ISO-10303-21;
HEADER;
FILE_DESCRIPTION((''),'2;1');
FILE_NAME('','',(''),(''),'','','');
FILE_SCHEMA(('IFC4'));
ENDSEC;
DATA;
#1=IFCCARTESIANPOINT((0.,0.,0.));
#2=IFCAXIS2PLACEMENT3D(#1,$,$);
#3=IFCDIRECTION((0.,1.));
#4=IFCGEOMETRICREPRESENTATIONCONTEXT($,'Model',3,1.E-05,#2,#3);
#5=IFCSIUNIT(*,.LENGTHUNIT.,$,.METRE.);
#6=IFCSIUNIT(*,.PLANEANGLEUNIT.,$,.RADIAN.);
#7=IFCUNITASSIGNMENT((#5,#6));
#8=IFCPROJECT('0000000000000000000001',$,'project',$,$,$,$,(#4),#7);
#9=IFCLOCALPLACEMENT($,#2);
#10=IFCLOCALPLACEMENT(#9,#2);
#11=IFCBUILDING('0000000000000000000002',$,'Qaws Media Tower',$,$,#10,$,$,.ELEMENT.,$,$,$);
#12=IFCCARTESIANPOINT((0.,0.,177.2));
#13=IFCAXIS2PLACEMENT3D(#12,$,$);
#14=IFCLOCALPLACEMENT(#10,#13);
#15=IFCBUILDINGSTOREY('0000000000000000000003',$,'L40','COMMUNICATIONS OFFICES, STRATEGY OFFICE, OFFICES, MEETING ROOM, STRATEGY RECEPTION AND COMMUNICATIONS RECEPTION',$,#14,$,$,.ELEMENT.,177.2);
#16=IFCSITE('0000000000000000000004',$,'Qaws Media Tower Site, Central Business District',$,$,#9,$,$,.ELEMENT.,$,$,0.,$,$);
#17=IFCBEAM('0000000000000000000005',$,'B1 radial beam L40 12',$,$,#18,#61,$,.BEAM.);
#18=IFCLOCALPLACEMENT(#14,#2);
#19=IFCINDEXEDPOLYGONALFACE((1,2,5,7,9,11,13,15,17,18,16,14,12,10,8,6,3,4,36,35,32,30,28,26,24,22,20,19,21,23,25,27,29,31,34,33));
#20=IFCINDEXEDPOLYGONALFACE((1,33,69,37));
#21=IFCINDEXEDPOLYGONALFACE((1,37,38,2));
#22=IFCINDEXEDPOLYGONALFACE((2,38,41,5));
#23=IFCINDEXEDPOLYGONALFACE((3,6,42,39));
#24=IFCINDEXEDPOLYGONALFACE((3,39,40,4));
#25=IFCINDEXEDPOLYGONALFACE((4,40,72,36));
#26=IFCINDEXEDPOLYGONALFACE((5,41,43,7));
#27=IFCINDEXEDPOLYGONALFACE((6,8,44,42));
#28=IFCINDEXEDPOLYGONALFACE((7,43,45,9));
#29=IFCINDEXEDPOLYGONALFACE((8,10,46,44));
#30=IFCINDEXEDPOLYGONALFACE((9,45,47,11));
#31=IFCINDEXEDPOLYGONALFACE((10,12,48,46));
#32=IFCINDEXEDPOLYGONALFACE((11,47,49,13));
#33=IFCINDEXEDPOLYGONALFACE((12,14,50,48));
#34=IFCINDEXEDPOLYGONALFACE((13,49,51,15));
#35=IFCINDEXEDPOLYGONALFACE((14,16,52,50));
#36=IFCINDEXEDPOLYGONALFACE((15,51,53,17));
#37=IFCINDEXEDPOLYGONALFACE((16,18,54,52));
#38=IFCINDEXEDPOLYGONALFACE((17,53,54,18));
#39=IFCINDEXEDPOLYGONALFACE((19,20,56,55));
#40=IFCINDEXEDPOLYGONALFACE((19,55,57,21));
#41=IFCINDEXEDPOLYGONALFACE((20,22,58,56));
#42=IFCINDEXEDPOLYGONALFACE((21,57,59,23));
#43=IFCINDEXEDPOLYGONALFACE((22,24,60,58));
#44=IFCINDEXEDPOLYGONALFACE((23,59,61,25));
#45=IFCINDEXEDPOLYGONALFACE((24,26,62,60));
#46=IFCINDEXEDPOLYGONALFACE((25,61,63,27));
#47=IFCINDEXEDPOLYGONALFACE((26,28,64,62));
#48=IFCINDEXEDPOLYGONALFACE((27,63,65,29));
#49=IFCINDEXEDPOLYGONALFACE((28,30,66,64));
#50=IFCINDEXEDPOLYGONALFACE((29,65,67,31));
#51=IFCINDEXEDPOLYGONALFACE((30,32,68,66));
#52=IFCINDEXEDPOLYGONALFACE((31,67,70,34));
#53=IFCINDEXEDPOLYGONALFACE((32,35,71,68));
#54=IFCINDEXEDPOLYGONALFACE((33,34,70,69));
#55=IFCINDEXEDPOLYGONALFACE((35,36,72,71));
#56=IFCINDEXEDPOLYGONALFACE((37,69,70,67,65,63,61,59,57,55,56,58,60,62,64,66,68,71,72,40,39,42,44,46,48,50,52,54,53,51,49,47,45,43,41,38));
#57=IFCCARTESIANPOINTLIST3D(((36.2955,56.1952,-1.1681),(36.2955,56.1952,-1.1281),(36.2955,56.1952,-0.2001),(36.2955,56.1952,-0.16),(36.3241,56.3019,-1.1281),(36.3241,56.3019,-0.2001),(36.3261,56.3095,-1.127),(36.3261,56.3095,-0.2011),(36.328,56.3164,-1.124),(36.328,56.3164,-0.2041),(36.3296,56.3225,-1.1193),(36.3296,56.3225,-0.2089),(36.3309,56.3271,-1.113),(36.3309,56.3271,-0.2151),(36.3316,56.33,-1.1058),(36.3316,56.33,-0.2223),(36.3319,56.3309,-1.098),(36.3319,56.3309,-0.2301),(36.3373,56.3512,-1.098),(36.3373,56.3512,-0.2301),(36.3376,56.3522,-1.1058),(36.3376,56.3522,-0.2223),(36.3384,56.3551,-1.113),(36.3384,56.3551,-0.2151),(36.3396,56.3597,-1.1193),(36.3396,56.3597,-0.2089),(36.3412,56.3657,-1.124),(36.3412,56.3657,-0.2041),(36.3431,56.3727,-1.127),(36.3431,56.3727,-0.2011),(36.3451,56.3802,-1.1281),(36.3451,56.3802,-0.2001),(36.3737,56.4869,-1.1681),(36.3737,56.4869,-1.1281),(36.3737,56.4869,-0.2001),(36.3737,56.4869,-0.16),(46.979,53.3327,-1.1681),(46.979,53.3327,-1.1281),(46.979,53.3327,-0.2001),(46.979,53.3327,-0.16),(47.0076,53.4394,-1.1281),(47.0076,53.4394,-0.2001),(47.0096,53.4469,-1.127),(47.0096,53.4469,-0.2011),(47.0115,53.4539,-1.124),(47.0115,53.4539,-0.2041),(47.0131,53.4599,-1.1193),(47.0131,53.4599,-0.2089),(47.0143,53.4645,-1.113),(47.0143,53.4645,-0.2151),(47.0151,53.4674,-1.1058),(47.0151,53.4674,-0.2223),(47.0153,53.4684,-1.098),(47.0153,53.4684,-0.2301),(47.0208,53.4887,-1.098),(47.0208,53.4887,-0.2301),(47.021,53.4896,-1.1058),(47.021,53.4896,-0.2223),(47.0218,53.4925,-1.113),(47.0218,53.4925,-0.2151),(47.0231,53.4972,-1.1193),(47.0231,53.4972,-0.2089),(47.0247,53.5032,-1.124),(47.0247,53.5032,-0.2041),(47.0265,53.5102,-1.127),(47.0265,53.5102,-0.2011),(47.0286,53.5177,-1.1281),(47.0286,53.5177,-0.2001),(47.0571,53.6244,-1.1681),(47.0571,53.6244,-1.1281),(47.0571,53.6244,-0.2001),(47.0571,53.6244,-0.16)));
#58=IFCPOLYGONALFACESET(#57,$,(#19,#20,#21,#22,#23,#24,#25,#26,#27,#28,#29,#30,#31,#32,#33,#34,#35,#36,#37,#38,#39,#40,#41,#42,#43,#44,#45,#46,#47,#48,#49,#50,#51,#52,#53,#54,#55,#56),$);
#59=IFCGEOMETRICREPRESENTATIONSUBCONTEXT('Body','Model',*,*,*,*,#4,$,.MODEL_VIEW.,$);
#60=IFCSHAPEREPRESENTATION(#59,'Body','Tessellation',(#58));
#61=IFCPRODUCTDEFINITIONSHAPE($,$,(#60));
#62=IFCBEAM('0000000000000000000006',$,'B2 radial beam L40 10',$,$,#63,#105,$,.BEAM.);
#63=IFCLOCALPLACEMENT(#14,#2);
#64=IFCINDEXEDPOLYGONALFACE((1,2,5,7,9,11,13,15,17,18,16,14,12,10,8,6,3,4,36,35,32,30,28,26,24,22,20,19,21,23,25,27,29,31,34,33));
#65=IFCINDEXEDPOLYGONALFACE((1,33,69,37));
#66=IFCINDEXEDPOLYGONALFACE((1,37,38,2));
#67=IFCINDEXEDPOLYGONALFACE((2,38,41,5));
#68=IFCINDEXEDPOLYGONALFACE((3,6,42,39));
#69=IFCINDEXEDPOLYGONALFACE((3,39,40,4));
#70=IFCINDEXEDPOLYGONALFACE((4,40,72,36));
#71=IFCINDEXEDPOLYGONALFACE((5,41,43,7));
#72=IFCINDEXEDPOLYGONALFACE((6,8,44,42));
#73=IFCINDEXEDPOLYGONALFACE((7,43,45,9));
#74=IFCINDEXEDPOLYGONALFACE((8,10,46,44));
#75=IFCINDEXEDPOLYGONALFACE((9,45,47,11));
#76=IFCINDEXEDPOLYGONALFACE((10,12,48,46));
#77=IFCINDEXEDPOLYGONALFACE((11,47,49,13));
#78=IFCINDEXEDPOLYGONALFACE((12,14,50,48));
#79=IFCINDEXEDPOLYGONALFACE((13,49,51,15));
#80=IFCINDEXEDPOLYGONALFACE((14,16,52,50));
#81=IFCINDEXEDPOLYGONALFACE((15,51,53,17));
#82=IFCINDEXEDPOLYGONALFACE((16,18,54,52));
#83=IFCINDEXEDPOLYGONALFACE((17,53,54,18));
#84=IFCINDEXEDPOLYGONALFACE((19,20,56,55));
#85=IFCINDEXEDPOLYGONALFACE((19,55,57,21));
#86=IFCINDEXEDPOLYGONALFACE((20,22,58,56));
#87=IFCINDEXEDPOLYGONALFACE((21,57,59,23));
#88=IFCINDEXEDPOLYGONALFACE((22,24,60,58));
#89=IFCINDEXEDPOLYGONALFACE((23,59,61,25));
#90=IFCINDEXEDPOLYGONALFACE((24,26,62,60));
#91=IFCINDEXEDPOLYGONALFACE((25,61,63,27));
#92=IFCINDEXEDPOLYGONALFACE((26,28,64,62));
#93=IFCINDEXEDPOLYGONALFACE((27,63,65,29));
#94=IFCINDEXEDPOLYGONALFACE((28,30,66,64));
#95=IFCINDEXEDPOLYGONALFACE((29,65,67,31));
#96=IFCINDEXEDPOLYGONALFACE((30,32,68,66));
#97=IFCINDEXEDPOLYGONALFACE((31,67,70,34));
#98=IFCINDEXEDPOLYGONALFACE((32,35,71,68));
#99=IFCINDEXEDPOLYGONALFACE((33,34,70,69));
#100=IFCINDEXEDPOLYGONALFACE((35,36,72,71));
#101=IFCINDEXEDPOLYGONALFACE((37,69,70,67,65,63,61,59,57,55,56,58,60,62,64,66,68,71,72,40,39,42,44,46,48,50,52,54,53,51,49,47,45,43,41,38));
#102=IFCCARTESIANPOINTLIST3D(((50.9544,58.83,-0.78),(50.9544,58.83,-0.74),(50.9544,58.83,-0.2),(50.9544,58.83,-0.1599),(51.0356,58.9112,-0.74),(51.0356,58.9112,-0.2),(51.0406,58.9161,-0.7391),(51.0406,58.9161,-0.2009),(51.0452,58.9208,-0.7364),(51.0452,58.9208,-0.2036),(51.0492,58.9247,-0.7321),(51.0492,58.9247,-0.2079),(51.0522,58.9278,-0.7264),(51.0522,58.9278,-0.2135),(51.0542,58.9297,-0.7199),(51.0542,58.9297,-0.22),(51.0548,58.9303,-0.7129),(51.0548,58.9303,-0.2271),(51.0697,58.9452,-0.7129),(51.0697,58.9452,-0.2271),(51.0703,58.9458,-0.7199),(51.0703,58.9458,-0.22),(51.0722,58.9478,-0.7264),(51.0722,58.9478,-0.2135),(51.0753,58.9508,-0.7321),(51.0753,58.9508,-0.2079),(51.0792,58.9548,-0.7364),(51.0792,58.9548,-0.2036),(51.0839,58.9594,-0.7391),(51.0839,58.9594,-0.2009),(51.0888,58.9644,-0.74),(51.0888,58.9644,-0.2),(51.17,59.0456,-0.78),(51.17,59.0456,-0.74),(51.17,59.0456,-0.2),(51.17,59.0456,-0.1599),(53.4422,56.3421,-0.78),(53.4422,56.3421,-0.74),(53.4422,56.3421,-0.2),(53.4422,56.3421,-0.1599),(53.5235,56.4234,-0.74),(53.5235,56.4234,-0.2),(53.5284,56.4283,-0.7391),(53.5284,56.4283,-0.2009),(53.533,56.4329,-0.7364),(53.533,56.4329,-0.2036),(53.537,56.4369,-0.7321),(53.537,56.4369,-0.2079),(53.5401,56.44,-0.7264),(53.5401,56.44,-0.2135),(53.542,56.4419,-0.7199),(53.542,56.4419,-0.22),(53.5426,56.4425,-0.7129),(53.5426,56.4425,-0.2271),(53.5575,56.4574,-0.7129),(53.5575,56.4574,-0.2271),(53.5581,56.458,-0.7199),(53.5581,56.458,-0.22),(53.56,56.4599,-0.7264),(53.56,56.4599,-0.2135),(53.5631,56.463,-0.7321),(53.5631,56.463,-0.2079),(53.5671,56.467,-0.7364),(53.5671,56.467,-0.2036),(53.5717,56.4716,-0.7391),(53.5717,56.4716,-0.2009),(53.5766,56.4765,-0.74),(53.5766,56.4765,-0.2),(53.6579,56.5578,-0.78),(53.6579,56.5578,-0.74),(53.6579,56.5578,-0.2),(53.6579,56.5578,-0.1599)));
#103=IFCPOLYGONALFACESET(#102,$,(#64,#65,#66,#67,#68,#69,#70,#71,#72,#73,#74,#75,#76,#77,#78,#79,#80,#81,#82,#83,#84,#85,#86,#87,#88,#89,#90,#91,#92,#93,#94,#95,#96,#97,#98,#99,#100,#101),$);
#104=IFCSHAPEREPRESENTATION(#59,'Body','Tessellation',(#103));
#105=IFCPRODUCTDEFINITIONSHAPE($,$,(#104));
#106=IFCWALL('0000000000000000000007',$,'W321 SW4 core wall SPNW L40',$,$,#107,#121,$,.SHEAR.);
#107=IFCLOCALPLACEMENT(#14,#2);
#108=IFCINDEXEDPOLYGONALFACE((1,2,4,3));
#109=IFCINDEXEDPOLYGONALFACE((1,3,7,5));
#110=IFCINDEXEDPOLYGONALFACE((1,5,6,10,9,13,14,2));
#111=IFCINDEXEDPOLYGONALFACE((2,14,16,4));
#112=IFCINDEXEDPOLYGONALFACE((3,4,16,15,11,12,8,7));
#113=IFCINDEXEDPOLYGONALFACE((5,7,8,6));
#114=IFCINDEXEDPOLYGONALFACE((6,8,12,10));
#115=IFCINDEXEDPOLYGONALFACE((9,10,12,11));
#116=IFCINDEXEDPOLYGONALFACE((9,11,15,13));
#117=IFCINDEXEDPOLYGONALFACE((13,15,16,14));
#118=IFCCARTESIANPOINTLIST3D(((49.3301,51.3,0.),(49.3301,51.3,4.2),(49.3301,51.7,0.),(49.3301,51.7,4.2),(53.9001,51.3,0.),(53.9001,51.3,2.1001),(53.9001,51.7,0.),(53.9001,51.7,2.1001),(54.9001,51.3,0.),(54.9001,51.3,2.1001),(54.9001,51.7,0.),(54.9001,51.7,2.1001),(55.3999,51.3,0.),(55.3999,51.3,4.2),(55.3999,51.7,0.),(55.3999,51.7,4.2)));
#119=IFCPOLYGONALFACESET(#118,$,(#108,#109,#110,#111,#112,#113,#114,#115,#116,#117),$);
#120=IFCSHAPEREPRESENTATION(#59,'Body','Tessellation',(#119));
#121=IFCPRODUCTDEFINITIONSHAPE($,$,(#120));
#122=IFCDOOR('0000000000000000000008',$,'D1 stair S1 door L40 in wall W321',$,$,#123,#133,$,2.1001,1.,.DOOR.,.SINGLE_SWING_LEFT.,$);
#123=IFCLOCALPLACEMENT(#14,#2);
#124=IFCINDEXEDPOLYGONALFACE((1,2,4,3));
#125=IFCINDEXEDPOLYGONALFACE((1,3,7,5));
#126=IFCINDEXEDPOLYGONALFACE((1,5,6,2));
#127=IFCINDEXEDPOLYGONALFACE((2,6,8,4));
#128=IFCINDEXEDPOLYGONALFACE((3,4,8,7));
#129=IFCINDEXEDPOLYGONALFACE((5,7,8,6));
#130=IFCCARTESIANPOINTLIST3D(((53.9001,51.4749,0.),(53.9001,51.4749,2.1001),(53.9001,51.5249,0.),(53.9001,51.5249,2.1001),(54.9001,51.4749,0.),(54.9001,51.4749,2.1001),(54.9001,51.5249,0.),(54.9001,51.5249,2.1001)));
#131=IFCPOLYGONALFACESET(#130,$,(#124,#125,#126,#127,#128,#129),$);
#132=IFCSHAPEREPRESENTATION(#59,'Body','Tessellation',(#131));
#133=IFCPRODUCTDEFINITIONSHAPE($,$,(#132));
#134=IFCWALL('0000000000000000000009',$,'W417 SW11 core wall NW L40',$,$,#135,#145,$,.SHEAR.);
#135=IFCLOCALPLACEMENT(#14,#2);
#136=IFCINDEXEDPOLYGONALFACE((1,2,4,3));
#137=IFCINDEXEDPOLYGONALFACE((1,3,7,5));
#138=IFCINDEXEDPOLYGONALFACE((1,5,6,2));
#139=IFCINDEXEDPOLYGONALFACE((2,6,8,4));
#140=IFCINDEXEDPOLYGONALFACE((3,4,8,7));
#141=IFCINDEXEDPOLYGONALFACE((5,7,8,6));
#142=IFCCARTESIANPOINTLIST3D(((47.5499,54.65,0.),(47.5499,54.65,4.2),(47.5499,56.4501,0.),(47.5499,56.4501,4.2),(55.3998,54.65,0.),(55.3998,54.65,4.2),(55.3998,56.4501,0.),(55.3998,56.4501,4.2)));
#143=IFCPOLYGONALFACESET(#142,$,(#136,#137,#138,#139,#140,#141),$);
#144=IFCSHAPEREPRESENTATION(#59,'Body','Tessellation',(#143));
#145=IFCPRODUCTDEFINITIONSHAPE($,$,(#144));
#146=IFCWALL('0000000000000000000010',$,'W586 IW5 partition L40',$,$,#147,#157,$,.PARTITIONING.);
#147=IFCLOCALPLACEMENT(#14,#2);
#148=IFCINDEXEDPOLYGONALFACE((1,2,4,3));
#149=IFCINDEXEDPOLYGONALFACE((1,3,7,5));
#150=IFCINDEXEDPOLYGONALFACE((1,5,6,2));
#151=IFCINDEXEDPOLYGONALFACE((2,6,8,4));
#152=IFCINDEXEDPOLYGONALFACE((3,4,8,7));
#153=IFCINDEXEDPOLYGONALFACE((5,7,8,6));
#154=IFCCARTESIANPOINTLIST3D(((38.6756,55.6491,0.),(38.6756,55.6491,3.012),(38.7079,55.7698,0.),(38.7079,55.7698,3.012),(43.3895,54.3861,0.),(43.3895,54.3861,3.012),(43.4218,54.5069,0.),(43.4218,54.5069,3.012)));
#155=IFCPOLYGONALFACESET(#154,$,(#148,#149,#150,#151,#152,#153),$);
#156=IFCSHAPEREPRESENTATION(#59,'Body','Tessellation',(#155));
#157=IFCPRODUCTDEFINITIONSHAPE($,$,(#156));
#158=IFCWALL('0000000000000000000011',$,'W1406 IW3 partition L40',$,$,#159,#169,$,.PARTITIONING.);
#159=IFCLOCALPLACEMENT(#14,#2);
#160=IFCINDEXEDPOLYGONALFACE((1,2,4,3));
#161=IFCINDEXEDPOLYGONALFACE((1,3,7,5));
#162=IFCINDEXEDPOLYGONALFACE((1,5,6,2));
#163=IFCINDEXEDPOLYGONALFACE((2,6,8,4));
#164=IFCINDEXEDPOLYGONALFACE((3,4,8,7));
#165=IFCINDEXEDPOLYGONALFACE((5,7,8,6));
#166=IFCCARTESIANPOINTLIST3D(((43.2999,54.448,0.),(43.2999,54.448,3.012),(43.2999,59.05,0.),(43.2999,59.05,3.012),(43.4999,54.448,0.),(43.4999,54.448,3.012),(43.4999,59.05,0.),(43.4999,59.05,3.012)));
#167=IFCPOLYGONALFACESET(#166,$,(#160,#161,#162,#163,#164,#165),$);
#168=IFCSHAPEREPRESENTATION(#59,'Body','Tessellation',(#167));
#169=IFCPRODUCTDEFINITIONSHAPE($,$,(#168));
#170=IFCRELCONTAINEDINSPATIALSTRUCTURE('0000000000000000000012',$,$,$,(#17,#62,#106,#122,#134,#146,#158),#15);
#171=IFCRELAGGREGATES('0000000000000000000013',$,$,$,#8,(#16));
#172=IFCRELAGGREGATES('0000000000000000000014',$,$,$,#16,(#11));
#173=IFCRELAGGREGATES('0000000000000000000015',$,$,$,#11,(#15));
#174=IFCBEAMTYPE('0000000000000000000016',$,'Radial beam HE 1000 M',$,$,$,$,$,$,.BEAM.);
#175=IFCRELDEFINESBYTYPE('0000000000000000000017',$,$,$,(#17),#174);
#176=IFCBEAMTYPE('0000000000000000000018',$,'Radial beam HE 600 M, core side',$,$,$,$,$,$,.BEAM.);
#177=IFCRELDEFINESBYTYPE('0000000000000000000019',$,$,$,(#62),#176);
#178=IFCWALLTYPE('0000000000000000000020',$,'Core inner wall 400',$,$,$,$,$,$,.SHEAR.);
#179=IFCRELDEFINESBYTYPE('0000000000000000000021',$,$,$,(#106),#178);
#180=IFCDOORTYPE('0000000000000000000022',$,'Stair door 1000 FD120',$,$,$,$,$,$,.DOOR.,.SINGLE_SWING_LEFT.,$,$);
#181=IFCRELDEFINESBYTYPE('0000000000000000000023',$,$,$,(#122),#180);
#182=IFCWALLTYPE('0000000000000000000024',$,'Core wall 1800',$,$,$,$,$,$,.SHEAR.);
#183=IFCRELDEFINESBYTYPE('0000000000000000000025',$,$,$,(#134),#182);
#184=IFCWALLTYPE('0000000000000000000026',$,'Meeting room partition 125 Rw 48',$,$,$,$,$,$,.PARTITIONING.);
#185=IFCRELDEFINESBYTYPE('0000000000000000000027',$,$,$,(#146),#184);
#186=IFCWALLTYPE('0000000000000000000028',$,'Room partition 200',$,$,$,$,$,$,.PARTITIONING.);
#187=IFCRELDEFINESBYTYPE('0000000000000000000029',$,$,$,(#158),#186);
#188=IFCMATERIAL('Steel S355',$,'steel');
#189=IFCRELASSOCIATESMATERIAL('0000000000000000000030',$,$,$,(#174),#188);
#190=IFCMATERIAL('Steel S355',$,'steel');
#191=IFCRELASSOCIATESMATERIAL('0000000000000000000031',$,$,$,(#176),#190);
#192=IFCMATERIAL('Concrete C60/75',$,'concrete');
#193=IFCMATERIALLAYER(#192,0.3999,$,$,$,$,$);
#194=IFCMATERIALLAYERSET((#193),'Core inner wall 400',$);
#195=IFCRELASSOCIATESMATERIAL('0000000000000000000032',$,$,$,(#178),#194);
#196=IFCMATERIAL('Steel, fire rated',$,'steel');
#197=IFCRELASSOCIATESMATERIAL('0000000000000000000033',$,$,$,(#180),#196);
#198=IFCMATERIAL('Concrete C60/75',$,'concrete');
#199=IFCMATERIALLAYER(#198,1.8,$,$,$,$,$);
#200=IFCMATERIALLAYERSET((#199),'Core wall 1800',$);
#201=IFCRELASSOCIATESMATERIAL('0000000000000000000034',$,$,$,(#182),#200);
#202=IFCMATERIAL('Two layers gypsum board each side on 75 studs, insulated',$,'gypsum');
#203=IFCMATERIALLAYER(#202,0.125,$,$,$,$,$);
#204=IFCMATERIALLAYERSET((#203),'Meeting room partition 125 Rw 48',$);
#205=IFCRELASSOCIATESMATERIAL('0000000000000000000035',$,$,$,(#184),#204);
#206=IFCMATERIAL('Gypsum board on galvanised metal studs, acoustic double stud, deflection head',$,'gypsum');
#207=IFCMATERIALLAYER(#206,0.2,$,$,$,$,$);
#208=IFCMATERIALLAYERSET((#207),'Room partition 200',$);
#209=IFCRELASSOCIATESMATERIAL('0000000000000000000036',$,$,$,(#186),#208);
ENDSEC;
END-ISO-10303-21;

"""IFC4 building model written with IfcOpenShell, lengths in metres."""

from ifc_helpers import new_model, si_unit, direction, frame, frame_2d, origin, origin_2d, place, context, subcontext, project, spatial, rectangle, i_section, extrude, material, layer, layer_set, material_profile, profile_set, type_object, element, fill, save


model = new_model("IFC4")

# Units and contexts
model_context = context("Model", 3, precision=1e-05, world=origin(), true_north=direction((0.0, 1.0)))
body_context = subcontext(model_context, "Body", "Model", "MODEL_VIEW")
ifc_project = project(units=[si_unit("LENGTHUNIT", "METRE"), si_unit("PLANEANGLEUNIT", "RADIAN")], contexts=[model_context])

# Site, building, storey
site_placement = place(None, origin())
site = spatial("IfcSite", under=ifc_project, at=site_placement, Name="Qaws Media Tower Site, Central Business District", CompositionType="ELEMENT", RefElevation=0.0)
building_placement = place(site_placement, origin())
building = spatial("IfcBuilding", under=site, at=building_placement, Name="Qaws Media Tower", CompositionType="ELEMENT")
storey_placement = place(building_placement, frame((0.0, 0.0, 177.2)))
storey = spatial("IfcBuildingStorey", under=building, at=storey_placement, Name="L40", Description="COMMUNICATIONS OFFICES, STRATEGY OFFICE, OFFICES, MEETING ROOM, STRATEGY RECEPTION AND COMMUNICATIONS RECEPTION", CompositionType="ELEMENT", Elevation=177.2)

# Beams
ifc_material_1 = material(Name="Steel S355", Category="steel")
ifc_material_profile_1 = material_profile(ifc_material_1, i_section(OverallWidth=0.302, OverallDepth=1.0081, WebThickness=0.021, FlangeThickness=0.04, FilletRadius=0.03, at=origin_2d()), Name="HE 1000 M")
ifc_profile_set_1 = profile_set([ifc_material_profile_1], Name="Steel S355")
beam_type_1 = type_object("IfcBeamType", Name="Radial beam HE 1000 M", PredefinedType="BEAM", material=ifc_profile_set_1)
beam_1_placement = place(storey_placement, frame((47.0181, 53.4785, -0.6641), z_axis=(-0.965927, 0.258815, 0.0), x_axis=(-0.258815, -0.965927, 0.0)))
element("IfcBeam", 1, at=beam_1_placement, inside=storey, type_object=beam_type_1, Name="B1 radial beam L40 12", PredefinedType="BEAM", context=body_context, shape_type="SweptSolid", body=[
    extrude(i_section(OverallWidth=0.302, OverallDepth=1.0081, WebThickness=0.021, FlangeThickness=0.04, FilletRadius=0.03, at=origin_2d()), origin(), (0.0, 0.0, 1.0), 11.0603),
])
ifc_material_2 = material(Name="Steel S355", Category="steel")
ifc_material_profile_2 = material_profile(ifc_material_2, i_section(OverallWidth=0.3049, OverallDepth=0.6201, WebThickness=0.021, FlangeThickness=0.04, FilletRadius=0.0271, at=origin_2d()), Name="HE 600 M")
ifc_profile_set_2 = profile_set([ifc_material_profile_2], Name="Steel S355")
beam_type_2 = type_object("IfcBeamType", Name="Radial beam HE 600 M, core side", PredefinedType="BEAM", material=ifc_profile_set_2)
beam_2_placement = place(storey_placement, frame((53.55, 56.45, -0.47), z_axis=(-0.707107, 0.707107, 0.0), x_axis=(-0.707107, -0.707107, 0.0)))
element("IfcBeam", 2, at=beam_2_placement, inside=storey, type_object=beam_type_2, Name="B2 radial beam L40 10", PredefinedType="BEAM", context=body_context, shape_type="SweptSolid", body=[
    extrude(i_section(OverallWidth=0.3049, OverallDepth=0.6201, WebThickness=0.021, FlangeThickness=0.04, FilletRadius=0.0271, at=origin_2d()), origin(), (0.0, 0.0, 1.0), 3.5183),
])

# Wall, opening, door
ifc_material_3 = material(Name="Concrete C60/75", Category="concrete")
ifc_layer_1 = layer(ifc_material_3, 0.3999)
ifc_layer_set_1 = layer_set([ifc_layer_1], Name="Core inner wall 400")
wall_type_1 = type_object("IfcWallType", Name="Core inner wall 400", PredefinedType="SHEAR", material=ifc_layer_set_1)
wall_1_placement = place(storey_placement, frame((49.3301, 51.5, 0.0), z_axis=(0.0, 0.0, 1.0), x_axis=(1.0, 0.0, 0.0)))
wall_1 = element("IfcWall", 3, at=wall_1_placement, inside=storey, type_object=wall_type_1, Name="W321 SW4 core wall SPNW L40", PredefinedType="SHEAR", context=body_context, shape_type="SweptSolid", body=[
    extrude(rectangle(XDim=6.0698, YDim=0.3999, at=frame_2d((3.0349, 0.0))), origin(), (0.0, 0.0, 1.0), 4.2),
])
opening_placement = place(wall_1_placement, frame((4.5701, 0.0, 0.0)))
opening = element("IfcOpeningElement", 4, at=opening_placement, cuts=wall_1, PredefinedType="OPENING", context=body_context, shape_type="SweptSolid", body=[
    extrude(rectangle(XDim=1.0, YDim=2.1001, at=frame_2d((0.5, 1.05))), frame((0.0, 0.21, 0.0), z_axis=(0.0, -1.0, 0.0), x_axis=(1.0, 0.0, 0.0)), (0.0, 0.0, 1.0), 0.4199),
])
ifc_material_4 = material(Name="Steel, fire rated", Category="steel")
door_type = type_object("IfcDoorType", Name="Stair door 1000 FD120", OperationType="SINGLE_SWING_LEFT", PredefinedType="DOOR", material=ifc_material_4)
door_placement = place(opening_placement, origin())
door = element("IfcDoor", 5, at=door_placement, inside=storey, type_object=door_type, Name="D1 stair S1 door L40 in wall W321", OperationType="SINGLE_SWING_LEFT", OverallHeight=2.1001, OverallWidth=1.0, PredefinedType="DOOR", context=body_context, shape_type="SweptSolid", body=[
    extrude(rectangle(XDim=1.0, YDim=2.1001, at=frame_2d((0.5, 1.05))), frame((0.0, 0.0249, 0.0), z_axis=(0.0, -1.0, 0.0), x_axis=(1.0, 0.0, 0.0)), (0.0, 0.0, 1.0), 0.05),
])
fill(opening, door)

# Walls
ifc_material_5 = material(Name="Concrete C60/75", Category="concrete")
ifc_layer_2 = layer(ifc_material_5, 1.8)
ifc_layer_set_2 = layer_set([ifc_layer_2], Name="Core wall 1800")
wall_type_2 = type_object("IfcWallType", Name="Core wall 1800", PredefinedType="SHEAR", material=ifc_layer_set_2)
wall_2_placement = place(storey_placement, frame((47.55, 55.55, 0.0), z_axis=(0.0, 0.0, 1.0), x_axis=(1.0, 0.0, 0.0)))
element("IfcWall", 6, at=wall_2_placement, inside=storey, type_object=wall_type_2, Name="W417 SW11 core wall NW L40", PredefinedType="SHEAR", context=body_context, shape_type="SweptSolid", body=[
    extrude(rectangle(XDim=7.8499, YDim=1.8, at=frame_2d((3.9248, 0.0))), origin(), (0.0, 0.0, 1.0), 4.2),
])
ifc_material_6 = material(Name="Two layers gypsum board each side on 75 studs, insulated", Category="gypsum")
ifc_layer_3 = layer(ifc_material_6, 0.125)
ifc_layer_set_3 = layer_set([ifc_layer_3], Name="Meeting room partition 125 Rw 48")
wall_type_3 = type_object("IfcWallType", Name="Meeting room partition 125 Rw 48", PredefinedType="PARTITIONING", material=ifc_layer_set_3)
wall_3_placement = place(storey_placement, frame((43.4055, 54.4465, 0.0), z_axis=(0.0, 0.0, 1.0), x_axis=(-0.965933, 0.258793, 0.0)))
element("IfcWall", 7, at=wall_3_placement, inside=storey, type_object=wall_type_3, Name="W586 IW5 partition L40", PredefinedType="PARTITIONING", context=body_context, shape_type="SweptSolid", body=[
    extrude(rectangle(XDim=4.8801, YDim=0.125, at=frame_2d((2.4399, 0.0))), origin(), (0.0, 0.0, 1.0), 3.012),
])
ifc_material_7 = material(Name="Gypsum board on galvanised metal studs, acoustic double stud, deflection head", Category="gypsum")
ifc_layer_4 = layer(ifc_material_7, 0.2)
ifc_layer_set_4 = layer_set([ifc_layer_4], Name="Room partition 200")
wall_type_4 = type_object("IfcWallType", Name="Room partition 200", PredefinedType="PARTITIONING", material=ifc_layer_set_4)
wall_4_placement = place(storey_placement, frame((43.3999, 54.448, 0.0), z_axis=(0.0, 0.0, 1.0), x_axis=(0.0, 1.0, 0.0)))
element("IfcWall", 8, at=wall_4_placement, inside=storey, type_object=wall_type_4, Name="W1406 IW3 partition L40", PredefinedType="PARTITIONING", context=body_context, shape_type="SweptSolid", body=[
    extrude(rectangle(XDim=4.6021, YDim=0.2, at=frame_2d((2.301, 0.0))), origin(), (0.0, 0.0, 1.0), 3.012),
])

save(model, "model.ifc")
